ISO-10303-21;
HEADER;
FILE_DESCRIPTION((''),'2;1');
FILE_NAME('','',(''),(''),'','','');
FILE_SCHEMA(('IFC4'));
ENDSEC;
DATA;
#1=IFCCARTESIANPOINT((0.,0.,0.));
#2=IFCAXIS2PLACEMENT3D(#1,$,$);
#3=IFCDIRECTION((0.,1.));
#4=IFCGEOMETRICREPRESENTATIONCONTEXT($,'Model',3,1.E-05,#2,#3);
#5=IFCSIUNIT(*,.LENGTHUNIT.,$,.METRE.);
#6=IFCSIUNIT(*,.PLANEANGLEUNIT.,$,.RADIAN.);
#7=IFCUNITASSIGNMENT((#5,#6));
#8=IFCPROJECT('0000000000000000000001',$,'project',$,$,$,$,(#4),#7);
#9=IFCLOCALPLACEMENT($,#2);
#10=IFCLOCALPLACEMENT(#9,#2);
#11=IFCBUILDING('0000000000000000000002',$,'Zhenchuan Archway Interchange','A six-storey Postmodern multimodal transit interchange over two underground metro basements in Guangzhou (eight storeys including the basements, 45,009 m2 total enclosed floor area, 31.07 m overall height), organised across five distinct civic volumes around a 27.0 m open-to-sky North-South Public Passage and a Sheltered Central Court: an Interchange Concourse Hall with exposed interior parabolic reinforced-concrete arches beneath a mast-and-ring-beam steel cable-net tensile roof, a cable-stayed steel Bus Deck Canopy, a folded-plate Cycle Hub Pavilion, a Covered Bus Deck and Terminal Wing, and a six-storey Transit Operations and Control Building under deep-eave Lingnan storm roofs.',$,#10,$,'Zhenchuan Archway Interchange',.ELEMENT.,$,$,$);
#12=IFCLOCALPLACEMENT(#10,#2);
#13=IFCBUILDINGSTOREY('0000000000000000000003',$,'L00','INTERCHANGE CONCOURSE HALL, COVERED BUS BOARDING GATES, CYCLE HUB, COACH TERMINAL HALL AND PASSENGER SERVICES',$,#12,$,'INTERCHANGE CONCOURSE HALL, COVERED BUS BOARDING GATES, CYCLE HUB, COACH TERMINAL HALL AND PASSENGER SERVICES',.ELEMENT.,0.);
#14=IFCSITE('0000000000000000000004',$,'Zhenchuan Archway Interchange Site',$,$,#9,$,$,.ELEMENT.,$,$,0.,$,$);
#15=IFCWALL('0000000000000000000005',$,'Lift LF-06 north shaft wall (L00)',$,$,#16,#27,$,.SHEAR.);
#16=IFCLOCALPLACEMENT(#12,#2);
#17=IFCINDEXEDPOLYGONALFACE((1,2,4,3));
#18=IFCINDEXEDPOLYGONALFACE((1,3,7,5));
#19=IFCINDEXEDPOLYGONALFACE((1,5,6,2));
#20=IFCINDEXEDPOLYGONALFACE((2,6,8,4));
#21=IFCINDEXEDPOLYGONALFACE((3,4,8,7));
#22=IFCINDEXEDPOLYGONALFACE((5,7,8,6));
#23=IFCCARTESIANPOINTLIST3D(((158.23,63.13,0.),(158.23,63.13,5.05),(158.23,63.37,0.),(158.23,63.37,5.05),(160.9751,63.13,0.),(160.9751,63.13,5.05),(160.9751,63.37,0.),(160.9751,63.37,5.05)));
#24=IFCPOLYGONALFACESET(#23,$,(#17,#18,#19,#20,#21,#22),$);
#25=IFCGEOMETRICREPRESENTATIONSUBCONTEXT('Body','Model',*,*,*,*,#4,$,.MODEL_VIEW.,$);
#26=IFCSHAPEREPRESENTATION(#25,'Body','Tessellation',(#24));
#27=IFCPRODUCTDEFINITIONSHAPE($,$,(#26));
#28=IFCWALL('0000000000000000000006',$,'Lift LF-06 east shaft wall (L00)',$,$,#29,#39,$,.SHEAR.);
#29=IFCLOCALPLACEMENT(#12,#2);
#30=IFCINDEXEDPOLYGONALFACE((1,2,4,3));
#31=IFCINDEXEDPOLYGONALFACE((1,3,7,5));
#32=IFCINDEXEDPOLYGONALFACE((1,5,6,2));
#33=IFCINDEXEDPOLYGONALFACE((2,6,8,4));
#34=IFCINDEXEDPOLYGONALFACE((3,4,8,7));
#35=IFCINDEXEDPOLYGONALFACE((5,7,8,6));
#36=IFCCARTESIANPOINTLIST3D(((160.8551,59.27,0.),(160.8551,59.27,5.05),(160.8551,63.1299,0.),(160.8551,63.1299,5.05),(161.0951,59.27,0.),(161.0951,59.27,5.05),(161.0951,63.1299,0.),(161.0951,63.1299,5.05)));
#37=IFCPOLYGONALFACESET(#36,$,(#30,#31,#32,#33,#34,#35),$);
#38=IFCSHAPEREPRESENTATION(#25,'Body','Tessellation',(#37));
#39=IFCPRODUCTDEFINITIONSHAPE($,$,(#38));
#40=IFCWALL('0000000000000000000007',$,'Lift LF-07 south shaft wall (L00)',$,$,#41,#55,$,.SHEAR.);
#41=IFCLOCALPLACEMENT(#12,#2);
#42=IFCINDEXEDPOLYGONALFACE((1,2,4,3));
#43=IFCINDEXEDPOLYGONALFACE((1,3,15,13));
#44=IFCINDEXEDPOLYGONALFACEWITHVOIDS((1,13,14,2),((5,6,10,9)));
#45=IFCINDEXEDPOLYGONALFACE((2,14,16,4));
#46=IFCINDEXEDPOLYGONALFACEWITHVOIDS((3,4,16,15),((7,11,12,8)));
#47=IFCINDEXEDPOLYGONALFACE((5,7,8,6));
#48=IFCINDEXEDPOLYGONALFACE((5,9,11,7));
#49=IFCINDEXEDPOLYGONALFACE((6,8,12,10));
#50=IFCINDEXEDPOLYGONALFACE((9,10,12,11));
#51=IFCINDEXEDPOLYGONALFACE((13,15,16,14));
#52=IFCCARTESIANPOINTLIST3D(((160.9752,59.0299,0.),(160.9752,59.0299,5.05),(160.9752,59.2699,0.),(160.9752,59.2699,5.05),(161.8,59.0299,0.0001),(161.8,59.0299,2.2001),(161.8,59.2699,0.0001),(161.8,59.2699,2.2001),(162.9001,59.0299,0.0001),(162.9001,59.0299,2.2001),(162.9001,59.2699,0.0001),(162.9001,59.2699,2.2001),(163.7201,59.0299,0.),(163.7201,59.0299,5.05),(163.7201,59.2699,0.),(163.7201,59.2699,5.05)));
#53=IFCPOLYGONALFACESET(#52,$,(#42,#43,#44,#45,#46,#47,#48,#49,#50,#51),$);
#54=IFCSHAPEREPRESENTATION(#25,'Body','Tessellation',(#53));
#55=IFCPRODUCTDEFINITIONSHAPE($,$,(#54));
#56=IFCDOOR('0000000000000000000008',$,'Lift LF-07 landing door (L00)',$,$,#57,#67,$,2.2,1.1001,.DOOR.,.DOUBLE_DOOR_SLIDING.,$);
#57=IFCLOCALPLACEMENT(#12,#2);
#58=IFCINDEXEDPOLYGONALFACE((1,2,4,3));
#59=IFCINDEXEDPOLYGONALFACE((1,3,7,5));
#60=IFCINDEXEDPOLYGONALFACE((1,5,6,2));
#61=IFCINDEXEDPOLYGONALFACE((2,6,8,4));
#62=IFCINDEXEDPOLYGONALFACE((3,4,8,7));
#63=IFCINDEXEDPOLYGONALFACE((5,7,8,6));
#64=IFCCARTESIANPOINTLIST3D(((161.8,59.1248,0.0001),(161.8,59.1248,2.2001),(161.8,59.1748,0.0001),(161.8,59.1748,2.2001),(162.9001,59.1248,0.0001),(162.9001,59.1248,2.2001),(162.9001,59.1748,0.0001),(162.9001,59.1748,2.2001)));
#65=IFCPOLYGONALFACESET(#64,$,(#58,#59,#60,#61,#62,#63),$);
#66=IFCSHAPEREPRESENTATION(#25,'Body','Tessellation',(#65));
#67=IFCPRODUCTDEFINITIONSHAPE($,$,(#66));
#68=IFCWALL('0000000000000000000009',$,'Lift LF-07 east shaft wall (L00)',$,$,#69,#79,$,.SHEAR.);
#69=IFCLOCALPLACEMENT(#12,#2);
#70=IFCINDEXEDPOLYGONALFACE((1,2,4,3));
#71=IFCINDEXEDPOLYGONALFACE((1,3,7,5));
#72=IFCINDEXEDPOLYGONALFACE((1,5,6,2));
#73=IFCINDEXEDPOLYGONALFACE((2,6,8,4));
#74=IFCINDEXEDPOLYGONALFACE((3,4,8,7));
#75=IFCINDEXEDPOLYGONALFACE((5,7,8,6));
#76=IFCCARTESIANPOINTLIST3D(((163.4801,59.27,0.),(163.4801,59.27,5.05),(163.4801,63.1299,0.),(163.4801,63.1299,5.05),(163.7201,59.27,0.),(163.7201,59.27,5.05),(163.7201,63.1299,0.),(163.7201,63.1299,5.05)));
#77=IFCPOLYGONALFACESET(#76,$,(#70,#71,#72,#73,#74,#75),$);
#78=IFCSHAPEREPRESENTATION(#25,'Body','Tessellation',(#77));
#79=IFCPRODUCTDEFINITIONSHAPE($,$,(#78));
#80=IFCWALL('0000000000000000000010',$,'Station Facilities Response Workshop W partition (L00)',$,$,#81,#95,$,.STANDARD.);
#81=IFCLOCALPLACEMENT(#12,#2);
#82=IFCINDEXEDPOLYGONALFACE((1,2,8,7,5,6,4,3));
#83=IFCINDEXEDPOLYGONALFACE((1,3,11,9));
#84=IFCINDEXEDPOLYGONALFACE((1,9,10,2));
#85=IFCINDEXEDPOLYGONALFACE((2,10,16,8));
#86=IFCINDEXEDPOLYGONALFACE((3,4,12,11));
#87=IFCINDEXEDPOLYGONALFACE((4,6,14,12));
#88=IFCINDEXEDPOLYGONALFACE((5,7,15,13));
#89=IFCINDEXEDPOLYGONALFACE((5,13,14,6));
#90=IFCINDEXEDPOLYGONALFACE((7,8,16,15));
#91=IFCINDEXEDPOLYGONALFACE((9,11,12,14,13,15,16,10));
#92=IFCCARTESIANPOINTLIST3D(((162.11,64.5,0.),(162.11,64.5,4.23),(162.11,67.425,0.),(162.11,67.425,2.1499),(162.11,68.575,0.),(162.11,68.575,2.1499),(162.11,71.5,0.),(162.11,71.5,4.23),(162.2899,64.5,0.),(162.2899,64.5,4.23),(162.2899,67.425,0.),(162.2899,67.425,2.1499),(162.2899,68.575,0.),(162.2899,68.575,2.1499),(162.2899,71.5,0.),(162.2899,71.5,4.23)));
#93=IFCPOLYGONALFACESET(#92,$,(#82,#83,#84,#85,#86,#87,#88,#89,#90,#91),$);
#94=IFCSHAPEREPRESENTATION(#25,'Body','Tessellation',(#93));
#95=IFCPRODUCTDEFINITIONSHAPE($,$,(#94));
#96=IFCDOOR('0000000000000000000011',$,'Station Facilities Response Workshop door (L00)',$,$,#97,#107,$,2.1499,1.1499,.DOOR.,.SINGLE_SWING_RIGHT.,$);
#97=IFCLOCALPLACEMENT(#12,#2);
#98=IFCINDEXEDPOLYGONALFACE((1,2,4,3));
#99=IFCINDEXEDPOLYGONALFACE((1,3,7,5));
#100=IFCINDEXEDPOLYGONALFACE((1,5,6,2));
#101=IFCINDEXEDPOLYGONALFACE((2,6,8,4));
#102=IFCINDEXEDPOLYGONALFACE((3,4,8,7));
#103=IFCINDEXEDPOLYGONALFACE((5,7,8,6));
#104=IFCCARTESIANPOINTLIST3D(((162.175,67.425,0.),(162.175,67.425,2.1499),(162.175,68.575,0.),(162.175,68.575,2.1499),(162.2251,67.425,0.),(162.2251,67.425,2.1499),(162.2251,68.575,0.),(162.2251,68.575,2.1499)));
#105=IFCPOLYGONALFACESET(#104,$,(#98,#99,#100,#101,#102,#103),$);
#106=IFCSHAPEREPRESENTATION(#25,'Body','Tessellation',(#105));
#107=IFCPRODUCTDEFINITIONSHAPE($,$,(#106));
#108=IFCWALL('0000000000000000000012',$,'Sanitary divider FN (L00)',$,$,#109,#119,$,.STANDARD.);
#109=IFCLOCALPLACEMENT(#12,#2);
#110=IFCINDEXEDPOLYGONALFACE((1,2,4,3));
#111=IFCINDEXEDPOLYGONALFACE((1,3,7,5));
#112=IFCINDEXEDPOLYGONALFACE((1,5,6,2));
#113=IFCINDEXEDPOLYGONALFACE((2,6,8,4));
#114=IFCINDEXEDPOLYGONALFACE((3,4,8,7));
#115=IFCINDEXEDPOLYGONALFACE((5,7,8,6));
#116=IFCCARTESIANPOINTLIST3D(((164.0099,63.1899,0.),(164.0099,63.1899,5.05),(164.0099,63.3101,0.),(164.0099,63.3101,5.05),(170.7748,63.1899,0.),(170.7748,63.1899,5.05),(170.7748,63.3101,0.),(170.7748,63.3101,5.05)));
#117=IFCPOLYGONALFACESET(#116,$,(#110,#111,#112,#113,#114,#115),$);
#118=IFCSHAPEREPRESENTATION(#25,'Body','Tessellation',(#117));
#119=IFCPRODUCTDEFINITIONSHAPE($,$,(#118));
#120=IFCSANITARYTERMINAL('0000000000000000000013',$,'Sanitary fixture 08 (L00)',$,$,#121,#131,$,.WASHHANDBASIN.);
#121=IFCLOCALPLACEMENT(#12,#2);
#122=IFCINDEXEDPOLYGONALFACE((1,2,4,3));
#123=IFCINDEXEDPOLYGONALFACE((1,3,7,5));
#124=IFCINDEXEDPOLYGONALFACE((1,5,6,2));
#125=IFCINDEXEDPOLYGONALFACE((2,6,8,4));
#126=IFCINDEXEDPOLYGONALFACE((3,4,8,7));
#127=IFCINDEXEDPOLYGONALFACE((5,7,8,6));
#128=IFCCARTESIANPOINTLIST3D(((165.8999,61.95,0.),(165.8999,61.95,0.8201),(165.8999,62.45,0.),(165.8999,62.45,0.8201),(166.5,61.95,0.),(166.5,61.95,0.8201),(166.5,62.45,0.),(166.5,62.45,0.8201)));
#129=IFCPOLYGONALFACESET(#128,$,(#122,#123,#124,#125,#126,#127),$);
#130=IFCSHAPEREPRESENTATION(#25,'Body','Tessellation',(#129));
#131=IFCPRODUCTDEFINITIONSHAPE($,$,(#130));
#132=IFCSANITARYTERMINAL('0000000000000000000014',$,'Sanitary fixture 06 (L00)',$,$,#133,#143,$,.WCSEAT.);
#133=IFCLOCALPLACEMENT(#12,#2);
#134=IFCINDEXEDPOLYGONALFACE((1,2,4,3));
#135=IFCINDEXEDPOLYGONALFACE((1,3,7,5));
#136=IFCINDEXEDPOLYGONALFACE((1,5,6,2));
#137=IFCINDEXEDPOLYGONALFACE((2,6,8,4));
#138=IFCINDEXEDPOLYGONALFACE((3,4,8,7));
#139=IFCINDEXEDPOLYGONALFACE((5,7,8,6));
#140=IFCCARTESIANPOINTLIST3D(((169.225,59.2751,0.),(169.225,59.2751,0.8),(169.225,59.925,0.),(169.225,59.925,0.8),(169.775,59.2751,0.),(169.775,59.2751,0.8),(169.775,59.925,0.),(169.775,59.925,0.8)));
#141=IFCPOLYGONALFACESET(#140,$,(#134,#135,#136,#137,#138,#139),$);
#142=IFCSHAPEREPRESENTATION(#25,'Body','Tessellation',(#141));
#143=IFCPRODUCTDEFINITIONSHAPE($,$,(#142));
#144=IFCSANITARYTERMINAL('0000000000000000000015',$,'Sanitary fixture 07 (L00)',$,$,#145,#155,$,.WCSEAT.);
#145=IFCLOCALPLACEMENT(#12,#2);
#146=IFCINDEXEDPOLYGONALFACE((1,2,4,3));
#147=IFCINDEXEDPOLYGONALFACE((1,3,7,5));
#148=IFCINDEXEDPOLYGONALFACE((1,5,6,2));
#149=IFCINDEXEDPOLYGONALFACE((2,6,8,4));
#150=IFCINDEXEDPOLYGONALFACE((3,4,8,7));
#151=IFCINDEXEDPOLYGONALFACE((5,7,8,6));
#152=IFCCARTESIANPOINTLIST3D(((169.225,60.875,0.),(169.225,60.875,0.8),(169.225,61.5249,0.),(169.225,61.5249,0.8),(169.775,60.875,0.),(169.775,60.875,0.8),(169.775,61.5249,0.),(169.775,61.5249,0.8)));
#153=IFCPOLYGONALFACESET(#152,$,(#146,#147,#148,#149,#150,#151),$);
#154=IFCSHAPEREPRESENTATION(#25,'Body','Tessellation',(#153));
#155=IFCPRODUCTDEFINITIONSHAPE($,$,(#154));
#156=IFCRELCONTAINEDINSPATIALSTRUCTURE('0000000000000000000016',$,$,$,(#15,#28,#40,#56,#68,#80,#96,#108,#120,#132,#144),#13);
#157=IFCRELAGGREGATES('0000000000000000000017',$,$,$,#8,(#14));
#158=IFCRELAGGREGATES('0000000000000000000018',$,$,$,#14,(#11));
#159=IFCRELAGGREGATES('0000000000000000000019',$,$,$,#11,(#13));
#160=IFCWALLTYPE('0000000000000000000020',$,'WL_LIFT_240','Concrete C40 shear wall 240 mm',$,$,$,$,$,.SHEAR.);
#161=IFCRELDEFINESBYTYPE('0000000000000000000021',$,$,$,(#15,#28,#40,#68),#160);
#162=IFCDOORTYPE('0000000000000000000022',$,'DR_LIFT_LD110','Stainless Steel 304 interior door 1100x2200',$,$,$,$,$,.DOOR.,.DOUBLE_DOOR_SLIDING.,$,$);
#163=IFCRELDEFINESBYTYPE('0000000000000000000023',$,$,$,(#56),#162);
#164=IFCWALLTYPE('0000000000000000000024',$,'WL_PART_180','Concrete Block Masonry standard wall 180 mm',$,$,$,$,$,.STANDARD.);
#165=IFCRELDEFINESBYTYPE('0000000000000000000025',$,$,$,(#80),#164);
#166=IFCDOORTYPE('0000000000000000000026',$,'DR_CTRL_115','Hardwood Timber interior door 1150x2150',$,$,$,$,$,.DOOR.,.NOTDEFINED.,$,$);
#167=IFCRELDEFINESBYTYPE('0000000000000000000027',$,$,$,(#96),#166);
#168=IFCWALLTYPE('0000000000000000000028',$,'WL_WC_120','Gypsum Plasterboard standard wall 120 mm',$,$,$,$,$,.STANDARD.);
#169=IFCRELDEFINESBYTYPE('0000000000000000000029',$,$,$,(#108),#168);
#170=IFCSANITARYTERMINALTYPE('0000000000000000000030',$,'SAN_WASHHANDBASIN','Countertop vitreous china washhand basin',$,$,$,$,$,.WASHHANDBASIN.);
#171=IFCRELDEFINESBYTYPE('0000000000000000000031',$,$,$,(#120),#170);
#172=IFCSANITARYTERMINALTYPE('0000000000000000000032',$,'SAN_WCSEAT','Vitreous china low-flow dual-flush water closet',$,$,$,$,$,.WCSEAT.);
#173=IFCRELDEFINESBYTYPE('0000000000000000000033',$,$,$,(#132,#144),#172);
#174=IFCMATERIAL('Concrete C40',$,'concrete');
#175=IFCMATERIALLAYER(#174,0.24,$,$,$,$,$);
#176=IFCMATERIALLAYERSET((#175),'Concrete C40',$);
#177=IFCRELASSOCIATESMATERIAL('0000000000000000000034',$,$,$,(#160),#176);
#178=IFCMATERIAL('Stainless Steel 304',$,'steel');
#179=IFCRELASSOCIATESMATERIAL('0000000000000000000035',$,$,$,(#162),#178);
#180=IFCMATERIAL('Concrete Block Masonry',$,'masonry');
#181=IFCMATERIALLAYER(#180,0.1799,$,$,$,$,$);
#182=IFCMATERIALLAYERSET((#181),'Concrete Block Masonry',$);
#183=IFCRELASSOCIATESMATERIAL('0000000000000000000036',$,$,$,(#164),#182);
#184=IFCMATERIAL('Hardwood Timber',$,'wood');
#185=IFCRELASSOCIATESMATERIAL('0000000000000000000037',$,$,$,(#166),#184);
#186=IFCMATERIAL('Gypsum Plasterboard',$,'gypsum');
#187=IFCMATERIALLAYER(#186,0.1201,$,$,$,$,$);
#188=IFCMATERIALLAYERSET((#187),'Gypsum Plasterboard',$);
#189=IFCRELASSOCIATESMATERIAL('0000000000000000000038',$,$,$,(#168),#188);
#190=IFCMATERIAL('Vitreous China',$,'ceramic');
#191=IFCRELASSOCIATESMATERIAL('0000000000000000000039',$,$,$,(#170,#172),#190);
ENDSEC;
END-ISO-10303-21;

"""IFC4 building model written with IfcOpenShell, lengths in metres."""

from ifc_helpers import new_model, si_unit, direction, frame, frame_2d, origin, origin_2d, place, context, subcontext, project, spatial, rectangle, extrude, material, layer, layer_set, type_object, element, fill, save


model = new_model("IFC4")

# Units and contexts
model_context = context("Model", 3, precision=1e-05, world=origin(), true_north=direction((0.0, 1.0)))
body_context = subcontext(model_context, "Body", "Model", "MODEL_VIEW")
ifc_project = project(units=[si_unit("LENGTHUNIT", "METRE"), si_unit("PLANEANGLEUNIT", "RADIAN")], contexts=[model_context])

# Site, building, storey
site_placement = place(None, origin())
site = spatial("IfcSite", under=ifc_project, at=site_placement, Name="Zhenchuan Archway Interchange Site", CompositionType="ELEMENT", RefElevation=0.0)
building_placement = place(site_placement, origin())
building = spatial("IfcBuilding", under=site, at=building_placement, Name="Zhenchuan Archway Interchange", Description="A six-storey Postmodern multimodal transit interchange over two underground metro basements in Guangzhou (eight storeys including the basements, 45,009 m2 total enclosed floor area, 31.07 m overall height), organised across five distinct civic volumes around a 27.0 m open-to-sky North-South Public Passage and a Sheltered Central Court: an Interchange Concourse Hall with exposed interior parabolic reinforced-concrete arches beneath a mast-and-ring-beam steel cable-net tensile roof, a cable-stayed steel Bus Deck Canopy, a folded-plate Cycle Hub Pavilion, a Covered Bus Deck and Terminal Wing, and a six-storey Transit Operations and Control Building under deep-eave Lingnan storm roofs.", LongName="Zhenchuan Archway Interchange", CompositionType="ELEMENT")
storey_placement = place(building_placement, origin())
storey = spatial("IfcBuildingStorey", under=building, at=storey_placement, Name="L00", Description="INTERCHANGE CONCOURSE HALL, COVERED BUS BOARDING GATES, CYCLE HUB, COACH TERMINAL HALL AND PASSENGER SERVICES", LongName="INTERCHANGE CONCOURSE HALL, COVERED BUS BOARDING GATES, CYCLE HUB, COACH TERMINAL HALL AND PASSENGER SERVICES", CompositionType="ELEMENT", Elevation=0.0)

# Shared definitions
ifc_material_1 = material(Name="Concrete C40", Category="concrete")

# Walls
ifc_layer_1 = layer(ifc_material_1, 0.24)
ifc_layer_set_1 = layer_set([ifc_layer_1], Name="Concrete C40")
wall_type_1 = type_object("IfcWallType", Name="WL_LIFT_240", Description="Concrete C40 shear wall 240 mm", PredefinedType="SHEAR", material=ifc_layer_set_1)
wall_1_placement = place(storey_placement, frame((160.9751, 63.25, 0.0), z_axis=(0.0, 0.0, 1.0), x_axis=(-1.0, 0.0, 0.0)))
element("IfcWall", 1, at=wall_1_placement, inside=storey, type_object=wall_type_1, Name="Lift LF-06 north shaft wall (L00)", PredefinedType="SHEAR", context=body_context, shape_type="SweptSolid", body=[
    extrude(rectangle(XDim=2.7451, YDim=0.24, at=frame_2d((1.3726, 0.0))), origin(), (0.0, 0.0, 1.0), 5.05),
])
wall_2_placement = place(storey_placement, frame((160.9751, 59.27, 0.0), z_axis=(0.0, 0.0, 1.0), x_axis=(0.0, 1.0, 0.0)))
element("IfcWall", 2, at=wall_2_placement, inside=storey, type_object=wall_type_1, Name="Lift LF-06 east shaft wall (L00)", PredefinedType="SHEAR", context=body_context, shape_type="SweptSolid", body=[
    extrude(rectangle(XDim=3.8599, YDim=0.24, at=frame_2d((1.9299, 0.0))), origin(), (0.0, 0.0, 1.0), 5.05),
])

# Wall, opening, door
wall_3_placement = place(storey_placement, frame((160.9751, 59.1499, 0.0), z_axis=(0.0, 0.0, 1.0), x_axis=(1.0, 0.0, 0.0)))
wall_3 = element("IfcWall", 3, at=wall_3_placement, inside=storey, type_object=wall_type_1, Name="Lift LF-07 south shaft wall (L00)", PredefinedType="SHEAR", context=body_context, shape_type="SweptSolid", body=[
    extrude(rectangle(XDim=2.7449, YDim=0.24, at=frame_2d((1.3726, 0.0))), origin(), (0.0, 0.0, 1.0), 5.05),
])
opening_1_placement = place(wall_3_placement, frame((0.825, 0.0, 0.0)))
opening_1 = element("IfcOpeningElement", 4, at=opening_1_placement, cuts=wall_3, PredefinedType="OPENING", context=body_context, shape_type="SweptSolid", body=[
    extrude(rectangle(XDim=1.1001, YDim=2.2, at=frame_2d((0.55, 1.1001))), frame((0.0, 0.1318, 0.0), z_axis=(0.0, -1.0, 0.0), x_axis=(1.0, 0.0, 0.0)), (0.0, 0.0, 1.0), 0.2639),
])
ifc_material_2 = material(Name="Stainless Steel 304", Category="steel")
door_type_1 = type_object("IfcDoorType", Name="DR_LIFT_LD110", Description="Stainless Steel 304 interior door 1100x2200", OperationType="DOUBLE_DOOR_SLIDING", PredefinedType="DOOR", material=ifc_material_2)
door_1_placement = place(opening_1_placement, origin())
door_1 = element("IfcDoor", 5, at=door_1_placement, inside=storey, type_object=door_type_1, Name="Lift LF-07 landing door (L00)", OperationType="DOUBLE_DOOR_SLIDING", OverallHeight=2.2, OverallWidth=1.1001, PredefinedType="DOOR", context=body_context, shape_type="SweptSolid", body=[
    extrude(rectangle(XDim=1.1001, YDim=2.2, at=frame_2d((0.55, 1.1001))), frame((0.0, 0.0249, 0.0), z_axis=(0.0, -1.0, 0.0), x_axis=(1.0, 0.0, 0.0)), (0.0, 0.0, 1.0), 0.05),
])
fill(opening_1, door_1)

# Wall
wall_4_placement = place(storey_placement, frame((163.6001, 59.27, 0.0), z_axis=(0.0, 0.0, 1.0), x_axis=(0.0, 1.0, 0.0)))
element("IfcWall", 6, at=wall_4_placement, inside=storey, type_object=wall_type_1, Name="Lift LF-07 east shaft wall (L00)", PredefinedType="SHEAR", context=body_context, shape_type="SweptSolid", body=[
    extrude(rectangle(XDim=3.8599, YDim=0.24, at=frame_2d((1.9299, 0.0))), origin(), (0.0, 0.0, 1.0), 5.05),
])

# Wall, opening, door
ifc_material_3 = material(Name="Concrete Block Masonry", Category="masonry")
ifc_layer_2 = layer(ifc_material_3, 0.1799)
ifc_layer_set_2 = layer_set([ifc_layer_2], Name="Concrete Block Masonry")
wall_type_2 = type_object("IfcWallType", Name="WL_PART_180", Description="Concrete Block Masonry standard wall 180 mm", PredefinedType="STANDARD", material=ifc_layer_set_2)
wall_5_placement = place(storey_placement, frame((162.2, 64.5, 0.0), z_axis=(0.0, 0.0, 1.0), x_axis=(0.0, 1.0, 0.0)))
wall_5 = element("IfcWall", 7, at=wall_5_placement, inside=storey, type_object=wall_type_2, Name="Station Facilities Response Workshop W partition (L00)", PredefinedType="STANDARD", context=body_context, shape_type="SweptSolid", body=[
    extrude(rectangle(XDim=7.0, YDim=0.1799, at=frame_2d((3.5, 0.0))), origin(), (0.0, 0.0, 1.0), 4.23),
])
opening_2_placement = place(wall_5_placement, frame((2.925, 0.0, 0.0)))
opening_2 = element("IfcOpeningElement", 8, at=opening_2_placement, cuts=wall_5, PredefinedType="OPENING", context=body_context, shape_type="SweptSolid", body=[
    extrude(rectangle(XDim=1.1499, YDim=2.1499, at=frame_2d((0.575, 1.075))), frame((0.0, 0.1021, 0.0), z_axis=(0.0, -1.0, 0.0), x_axis=(1.0, 0.0, 0.0)), (0.0, 0.0, 1.0), 0.2039),
])
ifc_material_4 = material(Name="Hardwood Timber", Category="wood")
door_type_2 = type_object("IfcDoorType", Name="DR_CTRL_115", Description="Hardwood Timber interior door 1150x2150", OperationType="NOTDEFINED", PredefinedType="DOOR", material=ifc_material_4)
door_2_placement = place(opening_2_placement, origin())
door_2 = element("IfcDoor", 9, at=door_2_placement, inside=storey, type_object=door_type_2, Name="Station Facilities Response Workshop door (L00)", OperationType="SINGLE_SWING_RIGHT", OverallHeight=2.1499, OverallWidth=1.1499, PredefinedType="DOOR", context=body_context, shape_type="SweptSolid", body=[
    extrude(rectangle(XDim=1.1499, YDim=2.1499, at=frame_2d((0.575, 1.075))), frame((0.0, 0.0249, 0.0), z_axis=(0.0, -1.0, 0.0), x_axis=(1.0, 0.0, 0.0)), (0.0, 0.0, 1.0), 0.05),
])
fill(opening_2, door_2)

# Wall
ifc_material_5 = material(Name="Gypsum Plasterboard", Category="gypsum")
ifc_layer_3 = layer(ifc_material_5, 0.1201)
ifc_layer_set_3 = layer_set([ifc_layer_3], Name="Gypsum Plasterboard")
wall_type_3 = type_object("IfcWallType", Name="WL_WC_120", Description="Gypsum Plasterboard standard wall 120 mm", PredefinedType="STANDARD", material=ifc_layer_set_3)
wall_6_placement = place(storey_placement, frame((164.01, 63.25, 0.0), z_axis=(0.0, 0.0, 1.0), x_axis=(1.0, 0.0, 0.0)))
element("IfcWall", 10, at=wall_6_placement, inside=storey, type_object=wall_type_3, Name="Sanitary divider FN (L00)", PredefinedType="STANDARD", context=body_context, shape_type="SweptSolid", body=[
    extrude(rectangle(XDim=6.7649, YDim=0.1201, at=frame_2d((3.3823, 0.0))), origin(), (0.0, 0.0, 1.0), 5.05),
])

# Sanitary terminals
ifc_material_6 = material(Name="Vitreous China", Category="ceramic")
sanitary_terminal_type_1 = type_object("IfcSanitaryTerminalType", Name="SAN_WASHHANDBASIN", Description="Countertop vitreous china washhand basin", PredefinedType="WASHHANDBASIN", material=ifc_material_6)
sanitary_terminal_placement = place(storey_placement, frame((166.2, 62.2, 0.0), z_axis=(0.0, 0.0, 1.0), x_axis=(1.0, 0.0, 0.0)))
element("IfcSanitaryTerminal", 11, at=sanitary_terminal_placement, inside=storey, type_object=sanitary_terminal_type_1, Name="Sanitary fixture 08 (L00)", PredefinedType="WASHHANDBASIN", context=body_context, shape_type="SweptSolid", body=[
    extrude(rectangle(XDim=0.6001, YDim=0.5, at=origin_2d()), origin(), (0.0, 0.0, 1.0), 0.8201),
])
sanitary_terminal_type_2 = type_object("IfcSanitaryTerminalType", Name="SAN_WCSEAT", Description="Vitreous china low-flow dual-flush water closet", PredefinedType="WCSEAT", material=ifc_material_6)
for number, where, z_axis, x_axis, name in (
    (12, (169.5, 59.6001, 0.0), (0.0, 0.0, 1.0), (1.0, 0.0, 0.0), "Sanitary fixture 06 (L00)"),
    (13, (169.5, 61.2, 0.0), (0.0, 0.0, 1.0), (1.0, 0.0, 0.0), "Sanitary fixture 07 (L00)"),
):
    element("IfcSanitaryTerminal", number, at=place(storey_placement, frame(where, z_axis=z_axis, x_axis=x_axis)), inside=storey, type_object=sanitary_terminal_type_2, Name=name, PredefinedType="WCSEAT", context=body_context, shape_type="SweptSolid", body=[
        extrude(rectangle(XDim=0.55, YDim=0.6499, at=origin_2d()), origin(), (0.0, 0.0, 1.0), 0.8),
    ])

save(model, "model.ifc")
